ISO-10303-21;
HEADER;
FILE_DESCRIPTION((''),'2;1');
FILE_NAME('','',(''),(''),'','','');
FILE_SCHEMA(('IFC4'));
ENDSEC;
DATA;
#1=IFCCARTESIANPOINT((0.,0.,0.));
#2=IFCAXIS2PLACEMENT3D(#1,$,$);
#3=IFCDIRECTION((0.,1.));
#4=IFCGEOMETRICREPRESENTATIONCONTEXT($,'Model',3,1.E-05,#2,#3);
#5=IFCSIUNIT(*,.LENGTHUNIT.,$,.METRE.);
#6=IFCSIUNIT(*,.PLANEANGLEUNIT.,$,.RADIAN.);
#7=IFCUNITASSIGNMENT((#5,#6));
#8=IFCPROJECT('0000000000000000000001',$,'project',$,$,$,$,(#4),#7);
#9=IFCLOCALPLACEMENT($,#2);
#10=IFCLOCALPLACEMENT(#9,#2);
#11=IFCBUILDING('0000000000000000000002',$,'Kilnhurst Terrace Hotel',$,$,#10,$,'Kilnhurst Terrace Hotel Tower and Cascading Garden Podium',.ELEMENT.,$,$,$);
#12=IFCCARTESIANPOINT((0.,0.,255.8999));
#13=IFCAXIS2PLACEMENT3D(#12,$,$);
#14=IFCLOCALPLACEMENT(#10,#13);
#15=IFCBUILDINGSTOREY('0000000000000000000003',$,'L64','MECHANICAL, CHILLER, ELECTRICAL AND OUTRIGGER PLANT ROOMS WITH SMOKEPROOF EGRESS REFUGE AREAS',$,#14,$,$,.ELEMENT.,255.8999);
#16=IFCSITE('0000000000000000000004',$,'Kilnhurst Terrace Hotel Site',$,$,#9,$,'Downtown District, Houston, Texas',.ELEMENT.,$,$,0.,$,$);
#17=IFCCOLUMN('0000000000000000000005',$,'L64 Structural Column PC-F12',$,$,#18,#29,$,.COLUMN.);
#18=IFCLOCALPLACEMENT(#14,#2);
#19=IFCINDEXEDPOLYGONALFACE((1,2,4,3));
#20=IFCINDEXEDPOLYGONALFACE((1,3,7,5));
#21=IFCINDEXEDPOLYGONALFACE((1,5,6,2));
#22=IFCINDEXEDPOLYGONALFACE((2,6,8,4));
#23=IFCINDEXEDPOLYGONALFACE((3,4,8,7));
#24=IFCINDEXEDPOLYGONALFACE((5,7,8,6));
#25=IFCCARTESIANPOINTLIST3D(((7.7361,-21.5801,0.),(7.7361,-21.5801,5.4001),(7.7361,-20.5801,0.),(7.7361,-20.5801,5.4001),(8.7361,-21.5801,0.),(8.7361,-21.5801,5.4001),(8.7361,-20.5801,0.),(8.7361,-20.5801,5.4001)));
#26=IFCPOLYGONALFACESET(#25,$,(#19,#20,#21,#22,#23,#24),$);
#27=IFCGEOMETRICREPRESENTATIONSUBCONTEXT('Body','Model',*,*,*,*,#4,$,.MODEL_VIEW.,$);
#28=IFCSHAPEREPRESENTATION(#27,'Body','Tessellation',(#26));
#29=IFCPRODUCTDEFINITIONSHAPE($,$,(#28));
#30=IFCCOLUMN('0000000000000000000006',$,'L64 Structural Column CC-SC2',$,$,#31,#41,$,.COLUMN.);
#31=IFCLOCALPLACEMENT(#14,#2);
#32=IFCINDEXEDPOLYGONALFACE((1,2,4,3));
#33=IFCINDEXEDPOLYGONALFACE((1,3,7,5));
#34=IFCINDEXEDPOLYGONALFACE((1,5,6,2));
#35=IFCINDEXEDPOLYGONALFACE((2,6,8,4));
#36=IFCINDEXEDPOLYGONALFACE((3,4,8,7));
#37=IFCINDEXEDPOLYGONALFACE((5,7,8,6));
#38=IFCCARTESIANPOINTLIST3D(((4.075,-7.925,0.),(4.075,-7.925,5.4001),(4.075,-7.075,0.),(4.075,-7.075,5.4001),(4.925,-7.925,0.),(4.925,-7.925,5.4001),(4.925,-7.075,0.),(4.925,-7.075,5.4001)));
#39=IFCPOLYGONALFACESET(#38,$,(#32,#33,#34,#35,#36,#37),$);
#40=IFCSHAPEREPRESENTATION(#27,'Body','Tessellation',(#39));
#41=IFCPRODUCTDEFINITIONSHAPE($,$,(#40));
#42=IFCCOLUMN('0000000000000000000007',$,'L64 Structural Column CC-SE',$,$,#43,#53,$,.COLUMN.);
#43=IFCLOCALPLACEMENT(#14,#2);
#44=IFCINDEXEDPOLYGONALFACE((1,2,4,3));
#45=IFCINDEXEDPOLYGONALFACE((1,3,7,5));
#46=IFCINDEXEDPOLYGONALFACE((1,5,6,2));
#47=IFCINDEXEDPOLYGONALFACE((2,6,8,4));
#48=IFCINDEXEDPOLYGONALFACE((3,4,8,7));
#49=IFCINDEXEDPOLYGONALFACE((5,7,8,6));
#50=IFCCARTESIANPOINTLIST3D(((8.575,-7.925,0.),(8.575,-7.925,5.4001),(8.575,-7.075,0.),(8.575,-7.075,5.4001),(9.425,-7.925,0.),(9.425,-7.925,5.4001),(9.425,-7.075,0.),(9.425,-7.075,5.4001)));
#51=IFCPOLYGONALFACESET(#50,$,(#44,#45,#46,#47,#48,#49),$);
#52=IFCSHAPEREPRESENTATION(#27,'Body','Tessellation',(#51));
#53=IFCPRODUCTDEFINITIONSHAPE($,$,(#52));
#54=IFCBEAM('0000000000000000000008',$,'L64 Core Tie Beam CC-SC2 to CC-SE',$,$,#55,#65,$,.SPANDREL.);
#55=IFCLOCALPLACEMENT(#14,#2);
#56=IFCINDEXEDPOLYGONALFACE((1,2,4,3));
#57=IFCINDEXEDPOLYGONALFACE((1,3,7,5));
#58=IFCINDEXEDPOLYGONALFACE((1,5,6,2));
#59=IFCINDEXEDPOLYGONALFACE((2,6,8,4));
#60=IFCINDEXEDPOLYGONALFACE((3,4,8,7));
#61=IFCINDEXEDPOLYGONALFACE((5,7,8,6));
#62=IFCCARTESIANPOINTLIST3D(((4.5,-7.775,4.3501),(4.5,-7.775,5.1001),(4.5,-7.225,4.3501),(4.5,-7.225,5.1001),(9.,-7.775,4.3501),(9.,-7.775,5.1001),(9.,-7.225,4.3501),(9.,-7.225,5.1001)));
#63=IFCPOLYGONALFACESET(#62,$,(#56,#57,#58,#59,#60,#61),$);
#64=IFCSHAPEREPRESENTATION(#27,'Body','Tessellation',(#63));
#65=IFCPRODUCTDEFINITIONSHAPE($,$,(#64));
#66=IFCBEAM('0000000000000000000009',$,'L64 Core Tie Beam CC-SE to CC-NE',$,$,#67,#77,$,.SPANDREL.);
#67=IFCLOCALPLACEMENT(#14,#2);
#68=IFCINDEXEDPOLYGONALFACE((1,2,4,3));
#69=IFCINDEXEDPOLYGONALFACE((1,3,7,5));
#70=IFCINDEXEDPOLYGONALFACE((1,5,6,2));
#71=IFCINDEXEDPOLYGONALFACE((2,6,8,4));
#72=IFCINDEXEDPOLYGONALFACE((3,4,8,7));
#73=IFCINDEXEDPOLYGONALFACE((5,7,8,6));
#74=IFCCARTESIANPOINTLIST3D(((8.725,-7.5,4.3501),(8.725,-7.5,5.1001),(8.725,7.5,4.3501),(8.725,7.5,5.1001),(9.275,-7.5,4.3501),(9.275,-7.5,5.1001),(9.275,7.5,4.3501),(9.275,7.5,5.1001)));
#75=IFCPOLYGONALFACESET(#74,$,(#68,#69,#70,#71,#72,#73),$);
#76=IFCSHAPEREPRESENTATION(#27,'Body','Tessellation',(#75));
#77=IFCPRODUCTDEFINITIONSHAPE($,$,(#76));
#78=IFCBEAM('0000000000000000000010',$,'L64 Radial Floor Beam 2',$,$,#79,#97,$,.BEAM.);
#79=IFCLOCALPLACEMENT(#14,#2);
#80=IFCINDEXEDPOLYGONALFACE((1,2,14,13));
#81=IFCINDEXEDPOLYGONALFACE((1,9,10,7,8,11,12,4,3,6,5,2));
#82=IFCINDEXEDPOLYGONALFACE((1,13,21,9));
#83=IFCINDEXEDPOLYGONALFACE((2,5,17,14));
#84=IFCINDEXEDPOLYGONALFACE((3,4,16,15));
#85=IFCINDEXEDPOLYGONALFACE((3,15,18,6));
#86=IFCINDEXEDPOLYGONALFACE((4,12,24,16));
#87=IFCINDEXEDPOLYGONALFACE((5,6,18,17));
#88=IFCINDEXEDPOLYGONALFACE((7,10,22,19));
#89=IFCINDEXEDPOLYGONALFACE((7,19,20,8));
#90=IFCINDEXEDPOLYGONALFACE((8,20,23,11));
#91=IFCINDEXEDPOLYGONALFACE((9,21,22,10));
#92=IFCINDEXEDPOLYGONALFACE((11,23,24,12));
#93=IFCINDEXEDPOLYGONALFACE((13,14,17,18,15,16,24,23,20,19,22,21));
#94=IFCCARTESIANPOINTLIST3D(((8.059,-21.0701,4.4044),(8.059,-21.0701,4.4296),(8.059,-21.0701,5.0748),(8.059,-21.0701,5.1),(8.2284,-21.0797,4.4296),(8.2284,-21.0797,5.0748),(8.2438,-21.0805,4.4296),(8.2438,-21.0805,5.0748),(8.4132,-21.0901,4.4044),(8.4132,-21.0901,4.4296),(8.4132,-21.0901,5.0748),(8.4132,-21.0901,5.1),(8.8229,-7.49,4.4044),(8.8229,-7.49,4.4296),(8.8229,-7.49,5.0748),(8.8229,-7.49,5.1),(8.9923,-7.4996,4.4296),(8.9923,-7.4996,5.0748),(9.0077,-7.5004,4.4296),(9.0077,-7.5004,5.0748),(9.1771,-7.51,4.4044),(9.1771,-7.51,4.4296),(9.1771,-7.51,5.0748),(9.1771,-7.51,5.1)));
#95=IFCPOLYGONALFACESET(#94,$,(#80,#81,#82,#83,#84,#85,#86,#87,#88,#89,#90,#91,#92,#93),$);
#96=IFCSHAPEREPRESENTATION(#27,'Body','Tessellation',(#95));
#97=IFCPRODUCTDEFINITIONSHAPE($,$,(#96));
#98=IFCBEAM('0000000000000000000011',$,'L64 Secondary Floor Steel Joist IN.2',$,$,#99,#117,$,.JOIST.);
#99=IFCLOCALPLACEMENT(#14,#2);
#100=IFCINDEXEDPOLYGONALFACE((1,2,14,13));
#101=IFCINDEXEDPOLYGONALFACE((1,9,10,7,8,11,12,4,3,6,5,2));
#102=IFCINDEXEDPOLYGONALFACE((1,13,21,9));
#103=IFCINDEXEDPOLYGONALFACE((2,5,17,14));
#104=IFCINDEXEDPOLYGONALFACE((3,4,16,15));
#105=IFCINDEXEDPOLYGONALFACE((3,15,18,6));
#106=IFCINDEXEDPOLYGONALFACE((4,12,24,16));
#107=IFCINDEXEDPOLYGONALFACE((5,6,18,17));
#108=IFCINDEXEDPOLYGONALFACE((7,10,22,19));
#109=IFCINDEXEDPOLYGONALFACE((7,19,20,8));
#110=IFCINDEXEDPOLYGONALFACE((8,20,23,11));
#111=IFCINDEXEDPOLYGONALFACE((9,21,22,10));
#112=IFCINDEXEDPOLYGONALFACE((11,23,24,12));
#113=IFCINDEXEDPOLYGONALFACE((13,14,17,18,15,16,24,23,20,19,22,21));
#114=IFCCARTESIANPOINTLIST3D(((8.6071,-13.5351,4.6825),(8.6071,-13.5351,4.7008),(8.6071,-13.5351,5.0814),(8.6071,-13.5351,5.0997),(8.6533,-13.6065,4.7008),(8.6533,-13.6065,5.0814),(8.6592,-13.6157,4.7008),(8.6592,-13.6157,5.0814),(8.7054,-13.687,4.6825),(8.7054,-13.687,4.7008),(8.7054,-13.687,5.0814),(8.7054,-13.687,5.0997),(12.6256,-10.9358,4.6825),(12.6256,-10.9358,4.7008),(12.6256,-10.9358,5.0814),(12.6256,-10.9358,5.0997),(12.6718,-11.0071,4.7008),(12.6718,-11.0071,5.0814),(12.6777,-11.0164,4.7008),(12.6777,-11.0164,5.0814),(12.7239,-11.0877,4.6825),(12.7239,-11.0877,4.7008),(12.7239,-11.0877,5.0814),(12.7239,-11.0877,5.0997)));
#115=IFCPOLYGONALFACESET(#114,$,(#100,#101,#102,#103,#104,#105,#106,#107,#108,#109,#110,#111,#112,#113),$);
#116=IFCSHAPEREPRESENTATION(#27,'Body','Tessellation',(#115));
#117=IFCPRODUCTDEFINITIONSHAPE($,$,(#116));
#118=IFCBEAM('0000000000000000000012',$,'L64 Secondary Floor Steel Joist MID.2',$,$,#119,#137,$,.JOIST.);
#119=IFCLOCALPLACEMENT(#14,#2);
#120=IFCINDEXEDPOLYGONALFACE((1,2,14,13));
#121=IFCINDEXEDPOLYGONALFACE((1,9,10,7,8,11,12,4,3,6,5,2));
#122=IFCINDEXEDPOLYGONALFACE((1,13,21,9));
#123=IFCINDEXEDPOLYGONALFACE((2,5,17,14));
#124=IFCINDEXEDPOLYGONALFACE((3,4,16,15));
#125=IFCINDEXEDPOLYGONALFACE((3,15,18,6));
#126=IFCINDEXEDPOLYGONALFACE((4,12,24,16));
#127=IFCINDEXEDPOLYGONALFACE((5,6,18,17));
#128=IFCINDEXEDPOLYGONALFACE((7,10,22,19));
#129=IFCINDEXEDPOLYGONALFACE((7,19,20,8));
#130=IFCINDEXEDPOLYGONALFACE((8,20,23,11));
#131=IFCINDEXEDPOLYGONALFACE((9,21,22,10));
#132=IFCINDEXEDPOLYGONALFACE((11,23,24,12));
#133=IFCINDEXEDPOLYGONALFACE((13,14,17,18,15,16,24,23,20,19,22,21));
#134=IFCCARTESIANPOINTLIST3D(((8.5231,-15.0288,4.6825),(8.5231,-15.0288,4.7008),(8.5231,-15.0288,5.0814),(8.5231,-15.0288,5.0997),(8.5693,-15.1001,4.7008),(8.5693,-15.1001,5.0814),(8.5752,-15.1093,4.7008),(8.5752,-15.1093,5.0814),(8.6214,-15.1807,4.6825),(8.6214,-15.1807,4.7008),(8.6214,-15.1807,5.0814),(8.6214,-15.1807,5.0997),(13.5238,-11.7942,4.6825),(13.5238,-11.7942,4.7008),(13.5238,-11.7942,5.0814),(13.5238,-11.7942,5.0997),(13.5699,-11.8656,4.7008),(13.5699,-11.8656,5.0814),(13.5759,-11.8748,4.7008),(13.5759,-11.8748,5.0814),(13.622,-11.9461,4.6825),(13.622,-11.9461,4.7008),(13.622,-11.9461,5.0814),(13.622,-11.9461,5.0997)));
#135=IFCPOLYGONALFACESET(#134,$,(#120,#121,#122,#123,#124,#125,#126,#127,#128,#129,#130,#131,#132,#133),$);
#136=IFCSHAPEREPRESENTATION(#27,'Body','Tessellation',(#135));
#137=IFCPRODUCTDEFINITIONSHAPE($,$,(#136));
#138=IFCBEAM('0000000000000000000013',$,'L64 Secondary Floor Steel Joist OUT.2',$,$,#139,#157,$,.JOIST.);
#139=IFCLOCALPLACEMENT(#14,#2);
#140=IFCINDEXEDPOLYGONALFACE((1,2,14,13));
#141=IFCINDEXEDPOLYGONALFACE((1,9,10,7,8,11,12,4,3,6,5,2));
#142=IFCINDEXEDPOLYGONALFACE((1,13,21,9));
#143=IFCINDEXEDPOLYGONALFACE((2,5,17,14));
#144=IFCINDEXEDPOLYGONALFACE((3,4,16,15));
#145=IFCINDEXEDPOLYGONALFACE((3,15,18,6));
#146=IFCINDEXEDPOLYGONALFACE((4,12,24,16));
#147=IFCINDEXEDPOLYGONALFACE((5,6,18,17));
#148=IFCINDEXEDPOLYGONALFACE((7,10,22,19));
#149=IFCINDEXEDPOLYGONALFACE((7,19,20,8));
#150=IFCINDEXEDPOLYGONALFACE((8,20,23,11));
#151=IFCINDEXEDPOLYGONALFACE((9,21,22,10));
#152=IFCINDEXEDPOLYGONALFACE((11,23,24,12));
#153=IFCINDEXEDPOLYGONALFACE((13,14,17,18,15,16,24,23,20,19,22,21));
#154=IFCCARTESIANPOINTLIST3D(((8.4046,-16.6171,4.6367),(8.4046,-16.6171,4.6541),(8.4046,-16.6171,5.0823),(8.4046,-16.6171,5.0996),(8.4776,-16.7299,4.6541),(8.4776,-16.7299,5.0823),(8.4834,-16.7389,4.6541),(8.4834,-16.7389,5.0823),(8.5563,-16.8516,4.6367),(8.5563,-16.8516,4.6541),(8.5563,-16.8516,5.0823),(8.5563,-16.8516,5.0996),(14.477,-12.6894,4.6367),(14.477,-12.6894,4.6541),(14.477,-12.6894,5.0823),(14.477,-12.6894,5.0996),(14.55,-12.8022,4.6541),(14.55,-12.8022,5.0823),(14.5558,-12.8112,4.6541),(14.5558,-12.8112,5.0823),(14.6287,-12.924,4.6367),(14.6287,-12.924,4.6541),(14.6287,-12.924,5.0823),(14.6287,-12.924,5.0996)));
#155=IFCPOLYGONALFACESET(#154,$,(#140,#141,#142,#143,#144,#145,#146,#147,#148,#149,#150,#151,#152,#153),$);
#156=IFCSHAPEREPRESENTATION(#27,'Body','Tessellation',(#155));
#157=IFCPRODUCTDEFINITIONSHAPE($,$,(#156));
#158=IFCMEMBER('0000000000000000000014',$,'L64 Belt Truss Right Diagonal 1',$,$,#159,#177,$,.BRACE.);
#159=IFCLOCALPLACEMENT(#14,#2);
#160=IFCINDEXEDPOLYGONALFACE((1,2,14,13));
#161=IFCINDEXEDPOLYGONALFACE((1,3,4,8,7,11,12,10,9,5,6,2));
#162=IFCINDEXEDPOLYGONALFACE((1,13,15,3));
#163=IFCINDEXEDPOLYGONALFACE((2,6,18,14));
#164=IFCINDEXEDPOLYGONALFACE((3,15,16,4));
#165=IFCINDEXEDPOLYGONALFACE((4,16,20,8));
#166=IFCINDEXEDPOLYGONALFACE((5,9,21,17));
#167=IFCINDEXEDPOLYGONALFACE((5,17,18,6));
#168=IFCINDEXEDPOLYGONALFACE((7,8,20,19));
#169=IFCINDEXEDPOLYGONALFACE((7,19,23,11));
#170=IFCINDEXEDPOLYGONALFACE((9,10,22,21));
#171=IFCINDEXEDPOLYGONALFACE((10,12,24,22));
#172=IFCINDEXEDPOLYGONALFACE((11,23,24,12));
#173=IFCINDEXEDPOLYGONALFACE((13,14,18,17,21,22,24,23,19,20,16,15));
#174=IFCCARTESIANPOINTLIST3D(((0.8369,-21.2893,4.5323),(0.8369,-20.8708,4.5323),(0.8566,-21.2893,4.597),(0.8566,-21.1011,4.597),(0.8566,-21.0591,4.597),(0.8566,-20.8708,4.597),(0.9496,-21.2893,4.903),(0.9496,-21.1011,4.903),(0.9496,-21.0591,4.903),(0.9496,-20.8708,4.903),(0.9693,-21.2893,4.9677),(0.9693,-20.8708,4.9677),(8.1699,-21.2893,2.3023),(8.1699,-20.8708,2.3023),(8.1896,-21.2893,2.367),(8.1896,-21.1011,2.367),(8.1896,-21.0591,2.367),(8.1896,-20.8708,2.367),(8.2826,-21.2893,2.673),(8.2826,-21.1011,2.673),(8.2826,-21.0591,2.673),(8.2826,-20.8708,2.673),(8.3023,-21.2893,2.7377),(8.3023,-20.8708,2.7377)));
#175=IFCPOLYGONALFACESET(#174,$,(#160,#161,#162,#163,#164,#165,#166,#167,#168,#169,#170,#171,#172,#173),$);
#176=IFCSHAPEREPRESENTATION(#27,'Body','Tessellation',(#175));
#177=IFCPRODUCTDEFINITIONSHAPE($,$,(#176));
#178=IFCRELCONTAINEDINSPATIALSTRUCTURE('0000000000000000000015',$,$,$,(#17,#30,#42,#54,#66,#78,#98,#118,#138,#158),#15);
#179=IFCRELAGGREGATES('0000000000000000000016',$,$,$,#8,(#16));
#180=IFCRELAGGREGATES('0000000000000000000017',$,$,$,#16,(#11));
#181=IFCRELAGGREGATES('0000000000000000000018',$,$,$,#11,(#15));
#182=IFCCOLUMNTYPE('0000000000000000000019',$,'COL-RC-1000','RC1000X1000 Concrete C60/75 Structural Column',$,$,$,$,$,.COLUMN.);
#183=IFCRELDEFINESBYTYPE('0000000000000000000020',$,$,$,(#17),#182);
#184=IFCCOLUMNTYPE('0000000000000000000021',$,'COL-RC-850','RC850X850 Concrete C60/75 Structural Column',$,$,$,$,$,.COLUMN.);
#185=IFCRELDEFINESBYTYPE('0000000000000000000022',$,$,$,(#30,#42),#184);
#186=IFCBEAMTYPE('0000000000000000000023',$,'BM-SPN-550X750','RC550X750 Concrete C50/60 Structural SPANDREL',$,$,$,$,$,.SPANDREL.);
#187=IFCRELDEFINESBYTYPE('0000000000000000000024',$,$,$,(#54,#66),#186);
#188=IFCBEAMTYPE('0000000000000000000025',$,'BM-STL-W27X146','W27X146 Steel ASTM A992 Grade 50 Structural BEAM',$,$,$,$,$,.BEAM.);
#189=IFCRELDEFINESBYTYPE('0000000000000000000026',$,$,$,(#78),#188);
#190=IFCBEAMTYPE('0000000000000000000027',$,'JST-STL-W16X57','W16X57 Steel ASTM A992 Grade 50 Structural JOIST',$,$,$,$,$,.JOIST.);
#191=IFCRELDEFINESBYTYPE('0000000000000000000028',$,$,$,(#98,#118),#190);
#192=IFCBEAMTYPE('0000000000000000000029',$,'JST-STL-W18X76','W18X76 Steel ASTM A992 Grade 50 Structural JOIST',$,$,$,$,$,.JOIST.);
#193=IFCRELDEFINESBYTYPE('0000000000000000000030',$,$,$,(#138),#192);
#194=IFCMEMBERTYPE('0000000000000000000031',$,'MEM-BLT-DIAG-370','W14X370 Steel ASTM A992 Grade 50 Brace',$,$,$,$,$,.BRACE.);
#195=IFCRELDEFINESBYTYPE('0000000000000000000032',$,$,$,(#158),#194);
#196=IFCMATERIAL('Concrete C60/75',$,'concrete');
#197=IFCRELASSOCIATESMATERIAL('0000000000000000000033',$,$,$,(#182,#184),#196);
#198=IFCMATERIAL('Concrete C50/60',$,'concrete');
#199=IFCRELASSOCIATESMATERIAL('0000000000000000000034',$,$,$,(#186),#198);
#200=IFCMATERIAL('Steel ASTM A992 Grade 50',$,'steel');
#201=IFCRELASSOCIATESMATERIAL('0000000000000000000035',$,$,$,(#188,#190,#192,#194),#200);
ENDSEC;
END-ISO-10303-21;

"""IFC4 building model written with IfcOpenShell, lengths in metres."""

from ifc_helpers import new_model, si_unit, direction, frame, origin, origin_2d, place, context, subcontext, project, spatial, rectangle, i_section, extrude, material, material_profile, profile_set, type_object, element, save


model = new_model("IFC4")

# Units and contexts
model_context = context("Model", 3, precision=1e-05, world=origin(), true_north=direction((0.0, 1.0)))
body_context = subcontext(model_context, "Body", "Model", "MODEL_VIEW")
ifc_project = project(units=[si_unit("LENGTHUNIT", "METRE"), si_unit("PLANEANGLEUNIT", "RADIAN")], contexts=[model_context])

# Site, building, storey
site_placement = place(None, origin())
site = spatial("IfcSite", under=ifc_project, at=site_placement, Name="Kilnhurst Terrace Hotel Site", LongName="Downtown District, Houston, Texas", CompositionType="ELEMENT", RefElevation=0.0)
building_placement = place(site_placement, origin())
building = spatial("IfcBuilding", under=site, at=building_placement, Name="Kilnhurst Terrace Hotel", LongName="Kilnhurst Terrace Hotel Tower and Cascading Garden Podium", CompositionType="ELEMENT")
storey_placement = place(building_placement, frame((0.0, 0.0, 255.8999)))
storey = spatial("IfcBuildingStorey", under=building, at=storey_placement, Name="L64", Description="MECHANICAL, CHILLER, ELECTRICAL AND OUTRIGGER PLANT ROOMS WITH SMOKEPROOF EGRESS REFUGE AREAS", CompositionType="ELEMENT", Elevation=255.8999)

# Columns
ifc_material_1 = material(Name="Concrete C60/75", Category="concrete")
ifc_material_profile_1 = material_profile(ifc_material_1, rectangle(XDim=1.0, YDim=1.0, at=origin_2d()), Name="RC1000X1000")
ifc_profile_set_1 = profile_set([ifc_material_profile_1], Name="Concrete C60/75")
column_type_1 = type_object("IfcColumnType", Name="COL-RC-1000", Description="RC1000X1000 Concrete C60/75 Structural Column", PredefinedType="COLUMN", material=ifc_profile_set_1)
column_placement = place(storey_placement, frame((8.2361, -21.0801, 0.0), z_axis=(0.0, 0.0, 1.0), x_axis=(1.0, 0.0, 0.0)))
element("IfcColumn", 1, at=column_placement, inside=storey, type_object=column_type_1, Name="L64 Structural Column PC-F12", PredefinedType="COLUMN", context=body_context, shape_type="SweptSolid", body=[
    extrude(rectangle(XDim=1.0, YDim=1.0, at=origin_2d()), origin(), (0.0, 0.0, 1.0), 5.4001),
])
ifc_material_profile_2 = material_profile(ifc_material_1, rectangle(XDim=0.8501, YDim=0.8501, at=origin_2d()), Name="RC850X850")
ifc_profile_set_2 = profile_set([ifc_material_profile_2], Name="Concrete C60/75")
column_type_2 = type_object("IfcColumnType", Name="COL-RC-850", Description="RC850X850 Concrete C60/75 Structural Column", PredefinedType="COLUMN", material=ifc_profile_set_2)
for number, where, z_axis, x_axis, name in (
    (2, (4.5, -7.5, 0.0), (0.0, 0.0, 1.0), (1.0, 0.0, 0.0), "L64 Structural Column CC-SC2"),
    (3, (9.0, -7.5, 0.0), (0.0, 0.0, 1.0), (1.0, 0.0, 0.0), "L64 Structural Column CC-SE"),
):
    element("IfcColumn", number, at=place(storey_placement, frame(where, z_axis=z_axis, x_axis=x_axis)), inside=storey, type_object=column_type_2, Name=name, PredefinedType="COLUMN", context=body_context, shape_type="SweptSolid", body=[
        extrude(rectangle(XDim=0.8501, YDim=0.8501, at=origin_2d()), origin(), (0.0, 0.0, 1.0), 5.4001),
    ])

# Beams
ifc_material_2 = material(Name="Concrete C50/60", Category="concrete")
ifc_material_profile_3 = material_profile(ifc_material_2, rectangle(XDim=0.55, YDim=0.75, at=origin_2d()), Name="RC550X750")
ifc_profile_set_3 = profile_set([ifc_material_profile_3], Name="Concrete C50/60")
beam_type_1 = type_object("IfcBeamType", Name="BM-SPN-550X750", Description="RC550X750 Concrete C50/60 Structural SPANDREL", PredefinedType="SPANDREL", material=ifc_profile_set_3)
beam_1_placement = place(storey_placement, frame((4.5, -7.5, 4.7251), z_axis=(1.0, 0.0, 0.0), x_axis=(0.0, 1.0, 0.0)))
element("IfcBeam", 4, at=beam_1_placement, inside=storey, type_object=beam_type_1, Name="L64 Core Tie Beam CC-SC2 to CC-SE", PredefinedType="SPANDREL", context=body_context, shape_type="SweptSolid", body=[
    extrude(rectangle(XDim=0.55, YDim=0.75, at=origin_2d()), origin(), (0.0, 0.0, 1.0), 4.5),
])
beam_2_placement = place(storey_placement, frame((9.0, -7.5, 4.7251), z_axis=(0.0, 1.0, 0.0), x_axis=(-1.0, 0.0, 0.0)))
element("IfcBeam", 5, at=beam_2_placement, inside=storey, type_object=beam_type_1, Name="L64 Core Tie Beam CC-SE to CC-NE", PredefinedType="SPANDREL", context=body_context, shape_type="SweptSolid", body=[
    extrude(rectangle(XDim=0.55, YDim=0.75, at=origin_2d()), origin(), (0.0, 0.0, 1.0), 15.0),
])
ifc_material_3 = material(Name="Steel ASTM A992 Grade 50", Category="steel")
ifc_material_profile_4 = material_profile(ifc_material_3, i_section(OverallWidth=0.3547, OverallDepth=0.6956, WebThickness=0.0154, FlangeThickness=0.0251, at=origin_2d()), Name="W27X146")
ifc_profile_set_4 = profile_set([ifc_material_profile_4], Name="Steel ASTM A992 Grade 50")
beam_type_2 = type_object("IfcBeamType", Name="BM-STL-W27X146", Description="W27X146 Steel ASTM A992 Grade 50 Structural BEAM", PredefinedType="BEAM", material=ifc_profile_set_4)
beam_3_placement = place(storey_placement, frame((9.0, -7.5, 4.7522), z_axis=(-0.056164, -0.998422, 0.0), x_axis=(0.998422, -0.056164, 0.0)))
element("IfcBeam", 6, at=beam_3_placement, inside=storey, type_object=beam_type_2, Name="L64 Radial Floor Beam 2", PredefinedType="BEAM", context=body_context, shape_type="SweptSolid", body=[
    extrude(i_section(OverallWidth=0.3547, OverallDepth=0.6956, WebThickness=0.0154, FlangeThickness=0.0251, at=origin_2d()), origin(), (0.0, 0.0, 1.0), 13.6016),
])
ifc_material_profile_5 = material_profile(ifc_material_3, i_section(OverallWidth=0.1809, OverallDepth=0.4172, WebThickness=0.011, FlangeThickness=0.0183, at=origin_2d()), Name="W16X57")
ifc_profile_set_5 = profile_set([ifc_material_profile_5], Name="Steel ASTM A992 Grade 50")
beam_type_3 = type_object("IfcBeamType", Name="JST-STL-W16X57", Description="W16X57 Steel ASTM A992 Grade 50 Structural JOIST", PredefinedType="JOIST", material=ifc_profile_set_5)
beam_4_placement = place(storey_placement, frame((8.6562, -13.6111, 4.8911), z_axis=(0.839654, 0.543122, 0.0), x_axis=(-0.543122, 0.839654, 0.0)))
element("IfcBeam", 7, at=beam_4_placement, inside=storey, type_object=beam_type_3, Name="L64 Secondary Floor Steel Joist IN.2", PredefinedType="JOIST", context=body_context, shape_type="SweptSolid", body=[
    extrude(i_section(OverallWidth=0.1809, OverallDepth=0.4172, WebThickness=0.011, FlangeThickness=0.0183, at=origin_2d()), origin(), (0.0, 0.0, 1.0), 4.7859),
])
beam_5_placement = place(storey_placement, frame((8.5723, -15.1047, 4.8911), z_axis=(0.839658, 0.543115, 0.0), x_axis=(-0.543115, 0.839658, 0.0)))
element("IfcBeam", 8, at=beam_5_placement, inside=storey, type_object=beam_type_3, Name="L64 Secondary Floor Steel Joist MID.2", PredefinedType="JOIST", context=body_context, shape_type="SweptSolid", body=[
    extrude(i_section(OverallWidth=0.1809, OverallDepth=0.4172, WebThickness=0.011, FlangeThickness=0.0183, at=origin_2d()), origin(), (0.0, 0.0, 1.0), 5.9556),
])
ifc_material_profile_6 = material_profile(ifc_material_3, i_section(OverallWidth=0.2793, OverallDepth=0.4629, WebThickness=0.0107, FlangeThickness=0.0173, at=origin_2d()), Name="W18X76")
ifc_profile_set_6 = profile_set([ifc_material_profile_6], Name="Steel ASTM A992 Grade 50")
beam_type_4 = type_object("IfcBeamType", Name="JST-STL-W18X76", Description="W18X76 Steel ASTM A992 Grade 50 Structural JOIST", PredefinedType="JOIST", material=ifc_profile_set_6)
beam_6_placement = place(storey_placement, frame((8.4805, -16.7344, 4.8682), z_axis=(0.839667, 0.543101, 0.0), x_axis=(-0.543101, 0.839667, 0.0)))
element("IfcBeam", 9, at=beam_6_placement, inside=storey, type_object=beam_type_4, Name="L64 Secondary Floor Steel Joist OUT.2", PredefinedType="JOIST", context=body_context, shape_type="SweptSolid", body=[
    extrude(i_section(OverallWidth=0.2793, OverallDepth=0.4629, WebThickness=0.0107, FlangeThickness=0.0173, at=origin_2d()), origin(), (0.0, 0.0, 1.0), 7.2319),
])

# Member
ifc_material_profile_7 = material_profile(ifc_material_3, i_section(OverallWidth=0.4185, OverallDepth=0.4551, WebThickness=0.042, FlangeThickness=0.0676, at=origin_2d()), Name="W14X370")
ifc_profile_set_7 = profile_set([ifc_material_profile_7], Name="Steel ASTM A992 Grade 50")
member_type_1 = type_object("IfcMemberType", Name="MEM-BLT-DIAG-370", Description="W14X370 Steel ASTM A992 Grade 50 Brace", PredefinedType="BRACE", material=ifc_profile_set_7)
member_1_placement = place(storey_placement, frame((8.2361, -21.0801, 2.52), z_axis=(-0.956739, 0.0, 0.290946), x_axis=(0.0, -1.0, 0.0)))
element("IfcMember", 10, at=member_1_placement, inside=storey, type_object=member_type_1, Name="L64 Belt Truss Right Diagonal 1", PredefinedType="BRACE", context=body_context, shape_type="SweptSolid", body=[
    extrude(i_section(OverallWidth=0.4185, OverallDepth=0.4551, WebThickness=0.042, FlangeThickness=0.0676, at=origin_2d()), origin(), (0.0, 0.0, 1.0), 7.6646),
])

save(model, "model.ifc")
